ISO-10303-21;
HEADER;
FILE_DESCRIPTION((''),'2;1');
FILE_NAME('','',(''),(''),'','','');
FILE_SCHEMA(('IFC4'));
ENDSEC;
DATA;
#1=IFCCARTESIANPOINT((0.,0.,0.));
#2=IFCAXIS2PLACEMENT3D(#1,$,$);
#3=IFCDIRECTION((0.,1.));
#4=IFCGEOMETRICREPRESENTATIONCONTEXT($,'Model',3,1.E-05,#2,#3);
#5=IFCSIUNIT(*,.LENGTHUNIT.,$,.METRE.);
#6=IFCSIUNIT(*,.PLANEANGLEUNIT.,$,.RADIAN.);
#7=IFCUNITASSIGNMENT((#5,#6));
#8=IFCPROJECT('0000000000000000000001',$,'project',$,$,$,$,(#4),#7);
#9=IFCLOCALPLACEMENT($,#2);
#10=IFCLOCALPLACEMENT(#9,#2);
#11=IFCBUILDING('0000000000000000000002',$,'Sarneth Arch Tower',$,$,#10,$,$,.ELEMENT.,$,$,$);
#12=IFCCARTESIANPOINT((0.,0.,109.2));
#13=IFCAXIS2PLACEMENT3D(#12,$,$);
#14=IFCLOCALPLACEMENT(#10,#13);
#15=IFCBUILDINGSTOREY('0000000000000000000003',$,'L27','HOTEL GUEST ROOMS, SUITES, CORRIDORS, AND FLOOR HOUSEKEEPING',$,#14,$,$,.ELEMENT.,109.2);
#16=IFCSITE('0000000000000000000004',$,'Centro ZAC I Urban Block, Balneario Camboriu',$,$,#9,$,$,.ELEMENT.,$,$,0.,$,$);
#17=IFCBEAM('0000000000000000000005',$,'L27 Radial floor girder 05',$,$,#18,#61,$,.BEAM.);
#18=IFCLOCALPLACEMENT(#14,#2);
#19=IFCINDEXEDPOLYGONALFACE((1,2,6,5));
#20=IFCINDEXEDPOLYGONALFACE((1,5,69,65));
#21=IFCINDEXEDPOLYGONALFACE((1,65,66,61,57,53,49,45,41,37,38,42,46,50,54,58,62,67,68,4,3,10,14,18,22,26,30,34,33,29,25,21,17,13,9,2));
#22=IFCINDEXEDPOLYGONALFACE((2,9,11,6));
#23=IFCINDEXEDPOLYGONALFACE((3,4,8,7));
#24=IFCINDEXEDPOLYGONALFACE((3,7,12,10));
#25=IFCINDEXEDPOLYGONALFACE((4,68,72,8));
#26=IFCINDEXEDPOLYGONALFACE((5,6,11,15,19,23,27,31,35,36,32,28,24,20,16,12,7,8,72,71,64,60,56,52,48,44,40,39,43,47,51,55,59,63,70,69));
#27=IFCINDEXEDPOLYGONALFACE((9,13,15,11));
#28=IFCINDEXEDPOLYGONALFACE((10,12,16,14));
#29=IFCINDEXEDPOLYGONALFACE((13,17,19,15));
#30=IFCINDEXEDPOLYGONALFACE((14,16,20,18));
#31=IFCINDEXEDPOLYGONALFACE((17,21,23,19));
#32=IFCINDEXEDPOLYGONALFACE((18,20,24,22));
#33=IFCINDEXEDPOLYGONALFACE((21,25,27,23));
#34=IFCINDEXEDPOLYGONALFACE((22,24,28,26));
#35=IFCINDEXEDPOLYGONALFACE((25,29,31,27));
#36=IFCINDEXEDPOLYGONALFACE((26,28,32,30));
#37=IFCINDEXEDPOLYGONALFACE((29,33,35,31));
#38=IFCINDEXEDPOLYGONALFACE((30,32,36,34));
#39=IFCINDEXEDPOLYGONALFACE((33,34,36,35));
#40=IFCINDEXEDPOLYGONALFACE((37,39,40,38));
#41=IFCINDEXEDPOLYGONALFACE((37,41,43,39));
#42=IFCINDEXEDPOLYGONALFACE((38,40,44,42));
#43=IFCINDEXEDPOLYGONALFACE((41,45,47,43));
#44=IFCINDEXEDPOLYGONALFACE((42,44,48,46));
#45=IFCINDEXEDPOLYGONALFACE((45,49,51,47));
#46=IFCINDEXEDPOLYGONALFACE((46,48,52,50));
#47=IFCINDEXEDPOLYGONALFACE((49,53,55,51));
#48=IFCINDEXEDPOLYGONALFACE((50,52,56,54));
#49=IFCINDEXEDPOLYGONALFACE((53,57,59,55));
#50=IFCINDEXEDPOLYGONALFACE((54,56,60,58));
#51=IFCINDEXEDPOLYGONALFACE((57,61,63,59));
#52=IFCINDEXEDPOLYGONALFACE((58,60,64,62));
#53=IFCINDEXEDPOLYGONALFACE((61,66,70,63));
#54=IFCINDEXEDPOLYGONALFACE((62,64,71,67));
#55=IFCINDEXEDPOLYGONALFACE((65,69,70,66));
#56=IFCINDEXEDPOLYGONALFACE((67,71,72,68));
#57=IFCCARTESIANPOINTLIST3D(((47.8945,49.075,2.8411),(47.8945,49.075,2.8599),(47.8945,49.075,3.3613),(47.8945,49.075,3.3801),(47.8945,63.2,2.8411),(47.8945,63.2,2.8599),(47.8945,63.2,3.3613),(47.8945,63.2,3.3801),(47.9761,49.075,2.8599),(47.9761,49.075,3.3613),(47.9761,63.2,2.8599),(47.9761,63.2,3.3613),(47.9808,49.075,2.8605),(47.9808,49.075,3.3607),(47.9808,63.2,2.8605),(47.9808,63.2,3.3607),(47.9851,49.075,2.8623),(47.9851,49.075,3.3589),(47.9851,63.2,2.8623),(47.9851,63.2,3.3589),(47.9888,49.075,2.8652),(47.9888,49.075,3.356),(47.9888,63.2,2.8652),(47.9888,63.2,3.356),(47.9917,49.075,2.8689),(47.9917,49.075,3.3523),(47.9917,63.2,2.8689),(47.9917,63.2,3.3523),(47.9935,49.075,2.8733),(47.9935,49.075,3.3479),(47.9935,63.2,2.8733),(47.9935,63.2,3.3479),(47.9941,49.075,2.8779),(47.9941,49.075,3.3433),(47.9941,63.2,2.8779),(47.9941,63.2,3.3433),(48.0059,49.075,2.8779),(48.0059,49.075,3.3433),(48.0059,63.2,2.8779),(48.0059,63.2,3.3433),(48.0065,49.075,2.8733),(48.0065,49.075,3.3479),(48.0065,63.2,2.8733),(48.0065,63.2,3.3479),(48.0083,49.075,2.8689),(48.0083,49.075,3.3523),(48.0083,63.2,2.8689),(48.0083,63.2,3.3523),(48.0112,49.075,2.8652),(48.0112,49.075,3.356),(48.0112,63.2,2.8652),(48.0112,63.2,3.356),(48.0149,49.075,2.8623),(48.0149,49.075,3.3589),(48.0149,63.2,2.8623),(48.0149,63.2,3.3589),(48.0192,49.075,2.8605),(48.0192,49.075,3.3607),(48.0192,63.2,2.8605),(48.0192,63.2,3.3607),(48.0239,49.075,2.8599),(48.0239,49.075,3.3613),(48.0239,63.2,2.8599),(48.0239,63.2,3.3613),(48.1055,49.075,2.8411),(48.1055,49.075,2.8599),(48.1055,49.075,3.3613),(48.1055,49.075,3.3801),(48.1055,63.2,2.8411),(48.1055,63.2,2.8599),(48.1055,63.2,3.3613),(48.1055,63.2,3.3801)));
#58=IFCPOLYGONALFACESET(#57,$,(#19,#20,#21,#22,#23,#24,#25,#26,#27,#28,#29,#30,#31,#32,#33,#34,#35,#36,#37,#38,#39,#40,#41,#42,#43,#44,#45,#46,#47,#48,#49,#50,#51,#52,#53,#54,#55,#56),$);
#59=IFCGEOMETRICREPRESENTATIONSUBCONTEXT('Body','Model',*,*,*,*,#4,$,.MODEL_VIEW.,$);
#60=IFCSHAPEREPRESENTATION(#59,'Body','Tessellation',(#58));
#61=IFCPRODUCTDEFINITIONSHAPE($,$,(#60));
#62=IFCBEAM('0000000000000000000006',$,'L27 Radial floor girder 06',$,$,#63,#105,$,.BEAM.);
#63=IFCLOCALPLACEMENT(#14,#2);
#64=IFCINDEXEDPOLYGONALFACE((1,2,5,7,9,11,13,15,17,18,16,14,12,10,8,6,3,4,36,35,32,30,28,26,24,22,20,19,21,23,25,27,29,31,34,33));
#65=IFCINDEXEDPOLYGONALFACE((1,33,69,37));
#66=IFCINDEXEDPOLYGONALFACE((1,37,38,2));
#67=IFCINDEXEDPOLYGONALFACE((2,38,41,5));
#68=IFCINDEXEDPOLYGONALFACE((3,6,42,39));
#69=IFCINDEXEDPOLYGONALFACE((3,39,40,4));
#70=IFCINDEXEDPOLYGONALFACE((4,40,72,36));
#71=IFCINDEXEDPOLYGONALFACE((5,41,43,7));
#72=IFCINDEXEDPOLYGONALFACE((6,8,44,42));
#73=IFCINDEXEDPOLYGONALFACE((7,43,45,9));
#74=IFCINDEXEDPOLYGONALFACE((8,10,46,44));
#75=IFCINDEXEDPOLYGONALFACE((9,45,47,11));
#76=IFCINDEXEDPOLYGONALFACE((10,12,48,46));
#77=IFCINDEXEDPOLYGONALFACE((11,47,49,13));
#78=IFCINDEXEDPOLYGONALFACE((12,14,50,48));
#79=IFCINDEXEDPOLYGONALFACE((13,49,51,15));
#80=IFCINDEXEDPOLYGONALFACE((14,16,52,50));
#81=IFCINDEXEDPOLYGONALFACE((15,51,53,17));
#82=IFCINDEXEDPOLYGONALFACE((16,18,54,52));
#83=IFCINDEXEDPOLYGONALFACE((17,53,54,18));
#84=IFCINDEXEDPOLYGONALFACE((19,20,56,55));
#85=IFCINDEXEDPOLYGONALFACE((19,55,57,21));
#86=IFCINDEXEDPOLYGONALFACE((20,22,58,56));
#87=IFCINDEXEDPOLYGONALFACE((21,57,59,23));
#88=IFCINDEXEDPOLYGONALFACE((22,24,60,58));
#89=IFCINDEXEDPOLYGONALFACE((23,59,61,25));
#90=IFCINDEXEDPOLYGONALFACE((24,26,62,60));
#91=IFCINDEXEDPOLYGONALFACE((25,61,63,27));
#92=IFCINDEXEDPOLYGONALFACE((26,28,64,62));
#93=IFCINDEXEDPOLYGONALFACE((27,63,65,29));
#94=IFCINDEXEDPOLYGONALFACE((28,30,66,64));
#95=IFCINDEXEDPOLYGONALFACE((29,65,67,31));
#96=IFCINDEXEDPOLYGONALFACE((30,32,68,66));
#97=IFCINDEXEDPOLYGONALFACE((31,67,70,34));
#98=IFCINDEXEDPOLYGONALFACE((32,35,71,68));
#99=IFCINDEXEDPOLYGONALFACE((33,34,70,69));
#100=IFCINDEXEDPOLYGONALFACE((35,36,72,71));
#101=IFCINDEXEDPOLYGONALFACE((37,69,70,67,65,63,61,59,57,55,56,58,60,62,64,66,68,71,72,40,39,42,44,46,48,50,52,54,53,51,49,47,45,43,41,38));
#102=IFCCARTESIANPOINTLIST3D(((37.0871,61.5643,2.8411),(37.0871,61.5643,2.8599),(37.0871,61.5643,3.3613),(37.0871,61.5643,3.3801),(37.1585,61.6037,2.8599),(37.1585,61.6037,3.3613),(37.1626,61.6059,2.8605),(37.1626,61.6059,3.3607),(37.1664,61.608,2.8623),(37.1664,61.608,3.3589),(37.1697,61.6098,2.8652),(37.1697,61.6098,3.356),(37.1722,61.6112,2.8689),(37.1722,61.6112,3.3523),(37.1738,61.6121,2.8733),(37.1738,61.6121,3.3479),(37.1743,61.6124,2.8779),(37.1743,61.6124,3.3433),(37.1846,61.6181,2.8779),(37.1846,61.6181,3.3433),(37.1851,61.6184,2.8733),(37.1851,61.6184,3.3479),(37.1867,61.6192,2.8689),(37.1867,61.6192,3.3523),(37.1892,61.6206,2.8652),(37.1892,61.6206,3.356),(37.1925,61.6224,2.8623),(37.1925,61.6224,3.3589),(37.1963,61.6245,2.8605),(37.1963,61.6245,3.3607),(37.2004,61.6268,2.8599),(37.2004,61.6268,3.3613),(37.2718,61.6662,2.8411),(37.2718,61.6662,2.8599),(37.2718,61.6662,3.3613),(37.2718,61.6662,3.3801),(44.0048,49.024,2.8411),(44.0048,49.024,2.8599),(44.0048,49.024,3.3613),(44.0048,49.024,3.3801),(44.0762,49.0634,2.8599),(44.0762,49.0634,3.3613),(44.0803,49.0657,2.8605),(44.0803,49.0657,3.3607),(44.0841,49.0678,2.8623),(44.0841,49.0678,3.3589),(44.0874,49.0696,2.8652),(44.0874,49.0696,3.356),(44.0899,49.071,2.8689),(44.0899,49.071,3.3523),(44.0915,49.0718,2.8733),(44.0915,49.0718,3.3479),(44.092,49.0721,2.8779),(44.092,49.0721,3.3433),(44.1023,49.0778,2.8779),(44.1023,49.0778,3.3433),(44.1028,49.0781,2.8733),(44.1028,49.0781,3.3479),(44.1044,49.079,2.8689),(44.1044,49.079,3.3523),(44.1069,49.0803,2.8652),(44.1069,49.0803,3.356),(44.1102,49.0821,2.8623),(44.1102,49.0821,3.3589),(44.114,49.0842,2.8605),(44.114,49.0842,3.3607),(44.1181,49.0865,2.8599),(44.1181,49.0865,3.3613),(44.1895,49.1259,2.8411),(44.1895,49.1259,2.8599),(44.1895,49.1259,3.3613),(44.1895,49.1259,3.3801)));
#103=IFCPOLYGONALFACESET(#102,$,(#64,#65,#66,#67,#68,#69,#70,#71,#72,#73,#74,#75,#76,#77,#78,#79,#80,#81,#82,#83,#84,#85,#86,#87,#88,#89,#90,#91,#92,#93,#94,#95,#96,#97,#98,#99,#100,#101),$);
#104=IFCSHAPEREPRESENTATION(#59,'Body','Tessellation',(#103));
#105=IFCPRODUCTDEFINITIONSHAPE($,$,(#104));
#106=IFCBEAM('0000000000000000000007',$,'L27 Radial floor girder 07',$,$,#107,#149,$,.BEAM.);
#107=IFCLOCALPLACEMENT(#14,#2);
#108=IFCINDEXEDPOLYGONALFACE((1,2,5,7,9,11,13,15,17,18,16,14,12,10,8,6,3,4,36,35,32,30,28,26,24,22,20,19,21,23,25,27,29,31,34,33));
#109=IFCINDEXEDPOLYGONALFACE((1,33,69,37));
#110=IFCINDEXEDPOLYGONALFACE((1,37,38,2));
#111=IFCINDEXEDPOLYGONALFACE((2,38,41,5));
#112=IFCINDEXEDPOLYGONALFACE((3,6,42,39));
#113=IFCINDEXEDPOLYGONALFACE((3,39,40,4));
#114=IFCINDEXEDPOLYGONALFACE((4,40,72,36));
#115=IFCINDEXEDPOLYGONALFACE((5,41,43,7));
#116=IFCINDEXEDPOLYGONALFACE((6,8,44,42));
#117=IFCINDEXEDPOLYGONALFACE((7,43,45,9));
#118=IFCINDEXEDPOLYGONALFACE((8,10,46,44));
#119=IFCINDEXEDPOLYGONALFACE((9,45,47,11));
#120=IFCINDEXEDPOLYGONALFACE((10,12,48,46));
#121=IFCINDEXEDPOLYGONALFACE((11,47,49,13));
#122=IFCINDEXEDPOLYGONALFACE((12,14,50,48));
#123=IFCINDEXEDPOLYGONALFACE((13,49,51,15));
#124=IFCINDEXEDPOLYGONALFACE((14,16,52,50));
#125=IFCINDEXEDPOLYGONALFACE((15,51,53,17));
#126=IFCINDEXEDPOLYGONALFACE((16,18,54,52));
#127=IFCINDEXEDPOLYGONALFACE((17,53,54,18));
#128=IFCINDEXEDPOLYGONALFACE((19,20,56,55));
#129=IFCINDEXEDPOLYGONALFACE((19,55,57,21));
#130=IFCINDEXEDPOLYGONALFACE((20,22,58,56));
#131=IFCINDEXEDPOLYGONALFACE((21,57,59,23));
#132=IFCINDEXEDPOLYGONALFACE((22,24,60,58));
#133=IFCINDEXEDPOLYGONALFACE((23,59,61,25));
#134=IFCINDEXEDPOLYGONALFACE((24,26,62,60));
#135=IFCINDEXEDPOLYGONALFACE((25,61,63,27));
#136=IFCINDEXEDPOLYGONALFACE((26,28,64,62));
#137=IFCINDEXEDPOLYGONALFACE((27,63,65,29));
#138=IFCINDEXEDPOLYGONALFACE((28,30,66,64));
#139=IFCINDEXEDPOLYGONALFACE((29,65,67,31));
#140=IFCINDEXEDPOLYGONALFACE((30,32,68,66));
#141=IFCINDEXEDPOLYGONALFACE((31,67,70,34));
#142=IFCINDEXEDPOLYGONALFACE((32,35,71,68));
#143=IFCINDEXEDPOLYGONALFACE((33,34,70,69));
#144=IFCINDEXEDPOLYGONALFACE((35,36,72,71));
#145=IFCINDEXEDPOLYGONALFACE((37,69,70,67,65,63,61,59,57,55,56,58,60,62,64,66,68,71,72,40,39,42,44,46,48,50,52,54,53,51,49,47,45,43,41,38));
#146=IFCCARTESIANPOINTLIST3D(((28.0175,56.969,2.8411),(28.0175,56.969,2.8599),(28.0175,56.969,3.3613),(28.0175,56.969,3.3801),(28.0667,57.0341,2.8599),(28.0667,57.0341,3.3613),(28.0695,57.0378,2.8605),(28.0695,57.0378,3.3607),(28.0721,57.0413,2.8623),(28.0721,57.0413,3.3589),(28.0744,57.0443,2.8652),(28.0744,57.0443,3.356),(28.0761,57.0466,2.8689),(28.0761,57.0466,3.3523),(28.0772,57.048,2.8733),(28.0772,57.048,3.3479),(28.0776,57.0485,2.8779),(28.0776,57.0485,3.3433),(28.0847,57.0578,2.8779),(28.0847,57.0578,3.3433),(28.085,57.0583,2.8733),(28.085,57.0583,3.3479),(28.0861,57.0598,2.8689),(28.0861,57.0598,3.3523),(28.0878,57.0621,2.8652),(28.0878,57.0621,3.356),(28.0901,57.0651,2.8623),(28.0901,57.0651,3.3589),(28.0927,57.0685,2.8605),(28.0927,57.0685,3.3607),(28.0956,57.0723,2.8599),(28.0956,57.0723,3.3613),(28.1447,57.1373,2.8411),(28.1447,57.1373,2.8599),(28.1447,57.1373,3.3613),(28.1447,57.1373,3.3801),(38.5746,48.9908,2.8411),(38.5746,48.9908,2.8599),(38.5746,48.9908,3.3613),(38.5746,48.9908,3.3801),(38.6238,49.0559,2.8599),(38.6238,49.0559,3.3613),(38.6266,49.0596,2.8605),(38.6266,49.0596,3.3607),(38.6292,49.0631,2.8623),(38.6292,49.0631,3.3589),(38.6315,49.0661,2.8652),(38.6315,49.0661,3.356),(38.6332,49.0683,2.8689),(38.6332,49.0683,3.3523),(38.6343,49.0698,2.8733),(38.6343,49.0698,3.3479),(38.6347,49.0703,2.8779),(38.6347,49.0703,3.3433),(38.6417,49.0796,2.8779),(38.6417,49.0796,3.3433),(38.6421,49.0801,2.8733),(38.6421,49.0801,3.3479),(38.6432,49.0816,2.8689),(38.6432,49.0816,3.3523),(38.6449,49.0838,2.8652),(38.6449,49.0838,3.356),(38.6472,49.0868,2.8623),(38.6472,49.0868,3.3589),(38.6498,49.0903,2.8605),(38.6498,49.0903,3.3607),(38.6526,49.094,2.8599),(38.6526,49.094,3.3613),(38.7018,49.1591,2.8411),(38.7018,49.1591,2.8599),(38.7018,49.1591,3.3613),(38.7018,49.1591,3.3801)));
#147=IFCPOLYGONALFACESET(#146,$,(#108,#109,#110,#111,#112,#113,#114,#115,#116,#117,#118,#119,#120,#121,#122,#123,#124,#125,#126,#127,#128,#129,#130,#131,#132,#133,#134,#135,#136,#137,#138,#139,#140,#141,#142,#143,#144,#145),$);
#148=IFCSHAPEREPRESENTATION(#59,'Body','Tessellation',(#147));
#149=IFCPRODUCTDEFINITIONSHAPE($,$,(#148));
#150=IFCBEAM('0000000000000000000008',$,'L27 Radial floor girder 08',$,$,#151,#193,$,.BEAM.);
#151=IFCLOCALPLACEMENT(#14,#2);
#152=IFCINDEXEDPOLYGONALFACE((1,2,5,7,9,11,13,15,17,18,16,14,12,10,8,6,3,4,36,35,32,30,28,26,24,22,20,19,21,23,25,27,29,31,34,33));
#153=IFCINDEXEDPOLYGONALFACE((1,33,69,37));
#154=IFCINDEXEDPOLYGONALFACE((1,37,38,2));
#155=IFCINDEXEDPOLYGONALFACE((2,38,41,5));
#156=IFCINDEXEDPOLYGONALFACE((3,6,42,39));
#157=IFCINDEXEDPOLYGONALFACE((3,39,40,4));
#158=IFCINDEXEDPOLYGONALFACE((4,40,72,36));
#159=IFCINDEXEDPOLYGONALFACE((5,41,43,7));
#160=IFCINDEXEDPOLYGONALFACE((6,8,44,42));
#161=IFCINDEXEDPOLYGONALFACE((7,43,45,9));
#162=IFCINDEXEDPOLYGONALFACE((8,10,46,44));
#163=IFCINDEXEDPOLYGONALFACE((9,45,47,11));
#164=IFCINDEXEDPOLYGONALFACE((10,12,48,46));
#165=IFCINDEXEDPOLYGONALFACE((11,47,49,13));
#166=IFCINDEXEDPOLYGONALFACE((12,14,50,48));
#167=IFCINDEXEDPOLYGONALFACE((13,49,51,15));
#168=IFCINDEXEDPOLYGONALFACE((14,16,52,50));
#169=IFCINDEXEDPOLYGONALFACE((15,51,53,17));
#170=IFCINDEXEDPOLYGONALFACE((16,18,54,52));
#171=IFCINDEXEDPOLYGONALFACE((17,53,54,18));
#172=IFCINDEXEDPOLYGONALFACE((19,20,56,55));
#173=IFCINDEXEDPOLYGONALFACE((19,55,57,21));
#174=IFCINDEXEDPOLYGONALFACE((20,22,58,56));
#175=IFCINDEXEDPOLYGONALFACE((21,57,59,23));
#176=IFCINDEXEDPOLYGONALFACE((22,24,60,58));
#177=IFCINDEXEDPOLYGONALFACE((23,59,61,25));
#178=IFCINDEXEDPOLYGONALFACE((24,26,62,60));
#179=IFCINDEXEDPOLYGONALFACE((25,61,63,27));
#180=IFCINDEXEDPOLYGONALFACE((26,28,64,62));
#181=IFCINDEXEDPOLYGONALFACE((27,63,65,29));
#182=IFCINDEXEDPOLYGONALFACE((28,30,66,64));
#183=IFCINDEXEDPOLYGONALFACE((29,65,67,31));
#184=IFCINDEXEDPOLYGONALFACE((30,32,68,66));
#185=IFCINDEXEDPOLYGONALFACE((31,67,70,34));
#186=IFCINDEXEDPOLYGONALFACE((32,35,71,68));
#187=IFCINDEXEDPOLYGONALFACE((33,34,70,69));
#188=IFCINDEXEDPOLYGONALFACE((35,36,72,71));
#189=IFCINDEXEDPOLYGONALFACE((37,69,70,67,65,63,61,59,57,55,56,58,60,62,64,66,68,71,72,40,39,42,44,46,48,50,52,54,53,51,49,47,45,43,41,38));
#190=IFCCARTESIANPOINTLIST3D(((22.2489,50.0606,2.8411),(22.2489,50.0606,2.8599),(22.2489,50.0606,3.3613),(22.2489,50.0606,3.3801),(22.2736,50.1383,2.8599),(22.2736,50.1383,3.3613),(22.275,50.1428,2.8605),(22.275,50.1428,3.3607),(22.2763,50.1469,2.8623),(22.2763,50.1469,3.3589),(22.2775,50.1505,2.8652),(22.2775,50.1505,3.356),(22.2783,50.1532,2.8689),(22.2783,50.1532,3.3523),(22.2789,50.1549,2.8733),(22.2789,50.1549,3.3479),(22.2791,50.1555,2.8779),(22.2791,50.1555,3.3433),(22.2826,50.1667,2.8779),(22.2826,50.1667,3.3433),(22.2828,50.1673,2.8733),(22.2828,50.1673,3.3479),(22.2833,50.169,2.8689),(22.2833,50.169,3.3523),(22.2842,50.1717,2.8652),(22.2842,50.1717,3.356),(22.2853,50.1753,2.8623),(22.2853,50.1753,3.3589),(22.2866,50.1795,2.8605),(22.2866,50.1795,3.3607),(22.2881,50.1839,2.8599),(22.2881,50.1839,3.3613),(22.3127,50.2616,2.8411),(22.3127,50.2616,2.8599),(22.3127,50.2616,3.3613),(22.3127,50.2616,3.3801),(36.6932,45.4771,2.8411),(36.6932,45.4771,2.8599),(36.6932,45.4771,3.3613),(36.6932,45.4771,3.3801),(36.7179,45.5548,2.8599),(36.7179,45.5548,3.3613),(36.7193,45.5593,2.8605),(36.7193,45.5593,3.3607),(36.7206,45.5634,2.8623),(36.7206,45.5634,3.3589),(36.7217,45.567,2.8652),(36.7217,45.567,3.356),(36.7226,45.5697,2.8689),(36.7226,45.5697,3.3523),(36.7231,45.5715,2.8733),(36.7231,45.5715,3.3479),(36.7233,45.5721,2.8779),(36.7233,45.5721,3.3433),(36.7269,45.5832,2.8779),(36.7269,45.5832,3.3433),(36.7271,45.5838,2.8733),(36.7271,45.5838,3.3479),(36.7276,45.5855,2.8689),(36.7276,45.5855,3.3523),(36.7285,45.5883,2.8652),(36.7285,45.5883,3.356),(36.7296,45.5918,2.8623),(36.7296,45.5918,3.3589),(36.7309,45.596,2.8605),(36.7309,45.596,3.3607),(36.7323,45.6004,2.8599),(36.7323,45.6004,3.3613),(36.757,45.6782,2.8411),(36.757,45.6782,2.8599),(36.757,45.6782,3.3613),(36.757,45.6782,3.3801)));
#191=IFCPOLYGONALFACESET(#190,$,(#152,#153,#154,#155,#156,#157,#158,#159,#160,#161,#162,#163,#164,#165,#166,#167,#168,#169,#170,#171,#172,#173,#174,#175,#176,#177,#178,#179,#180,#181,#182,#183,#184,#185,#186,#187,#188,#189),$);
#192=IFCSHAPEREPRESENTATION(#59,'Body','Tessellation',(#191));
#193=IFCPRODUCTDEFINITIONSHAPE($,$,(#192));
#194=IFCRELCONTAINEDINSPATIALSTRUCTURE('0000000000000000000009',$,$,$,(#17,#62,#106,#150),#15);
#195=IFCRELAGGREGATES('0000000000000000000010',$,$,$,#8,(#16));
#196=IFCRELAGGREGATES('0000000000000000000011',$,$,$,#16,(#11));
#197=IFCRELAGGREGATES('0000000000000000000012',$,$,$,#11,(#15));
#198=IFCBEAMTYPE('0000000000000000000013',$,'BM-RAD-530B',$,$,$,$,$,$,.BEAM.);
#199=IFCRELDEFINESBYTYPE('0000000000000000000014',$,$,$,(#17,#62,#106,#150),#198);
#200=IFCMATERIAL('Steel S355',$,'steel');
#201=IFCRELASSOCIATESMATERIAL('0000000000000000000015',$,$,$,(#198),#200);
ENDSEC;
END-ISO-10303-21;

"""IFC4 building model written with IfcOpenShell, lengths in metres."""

from ifc_helpers import new_model, si_unit, direction, frame, origin, origin_2d, place, context, subcontext, project, spatial, i_section, extrude, material, material_profile, profile_set, type_object, element, save


model = new_model("IFC4")

# Units and contexts
model_context = context("Model", 3, precision=1e-05, world=origin(), true_north=direction((0.0, 1.0)))
body_context = subcontext(model_context, "Body", "Model", "MODEL_VIEW")
ifc_project = project(units=[si_unit("LENGTHUNIT", "METRE"), si_unit("PLANEANGLEUNIT", "RADIAN")], contexts=[model_context])

# Site, building, storey
site_placement = place(None, origin())
site = spatial("IfcSite", under=ifc_project, at=site_placement, Name="Centro ZAC I Urban Block, Balneario Camboriu", CompositionType="ELEMENT", RefElevation=0.0)
building_placement = place(site_placement, origin())
building = spatial("IfcBuilding", under=site, at=building_placement, Name="Sarneth Arch Tower", CompositionType="ELEMENT")
storey_placement = place(building_placement, frame((0.0, 0.0, 109.2)))
storey = spatial("IfcBuildingStorey", under=building, at=storey_placement, Name="L27", Description="HOTEL GUEST ROOMS, SUITES, CORRIDORS, AND FLOOR HOUSEKEEPING", CompositionType="ELEMENT", Elevation=109.2)

# Beams
ifc_material_1 = material(Name="Steel S355", Category="steel")
ifc_material_profile = material_profile(ifc_material_1, i_section(OverallWidth=0.2109, OverallDepth=0.5391, WebThickness=0.0117, FlangeThickness=0.0188, FilletRadius=0.0181, at=origin_2d()), Name="W530x109")
ifc_profile_set = profile_set([ifc_material_profile], Name="Steel S355")
beam_type = type_object("IfcBeamType", Name="BM-RAD-530B", PredefinedType="BEAM", material=ifc_profile_set)
beam_1_placement = place(storey_placement, frame((48.0, 49.075, 3.1106), z_axis=(0.0, 1.0, 0.0), x_axis=(-1.0, 0.0, 0.0)))
element("IfcBeam", 1, at=beam_1_placement, inside=storey, type_object=beam_type, Name="L27 Radial floor girder 05", PredefinedType="BEAM", context=body_context, shape_type="SweptSolid", body=[
    extrude(i_section(OverallWidth=0.2109, OverallDepth=0.5391, WebThickness=0.0117, FlangeThickness=0.0188, FilletRadius=0.0181, at=origin_2d()), origin(), (0.0, 0.0, 1.0), 14.125),
])
beam_2_placement = place(storey_placement, frame((44.0972, 49.075, 3.1106), z_axis=(-0.483021, 0.875609, 0.0), x_axis=(-0.875609, -0.483021, 0.0)))
element("IfcBeam", 2, at=beam_2_placement, inside=storey, type_object=beam_type, Name="L27 Radial floor girder 06", PredefinedType="BEAM", context=body_context, shape_type="SweptSolid", body=[
    extrude(i_section(OverallWidth=0.2109, OverallDepth=0.5391, WebThickness=0.0117, FlangeThickness=0.0188, FilletRadius=0.0181, at=origin_2d()), origin(), (0.0, 0.0, 1.0), 14.3218),
])
beam_3_placement = place(storey_placement, frame((38.6382, 49.075, 3.1106), z_axis=(-0.797803, 0.602918, 0.0), x_axis=(-0.602918, -0.797803, 0.0)))
element("IfcBeam", 3, at=beam_3_placement, inside=storey, type_object=beam_type, Name="L27 Radial floor girder 07", PredefinedType="BEAM", context=body_context, shape_type="SweptSolid", body=[
    extrude(i_section(OverallWidth=0.2109, OverallDepth=0.5391, WebThickness=0.0117, FlangeThickness=0.0188, FilletRadius=0.0181, at=origin_2d()), origin(), (0.0, 0.0, 1.0), 13.2327),
])
beam_4_placement = place(storey_placement, frame((36.7251, 45.5776, 3.1106), z_axis=(-0.953162, 0.302459, 0.0), x_axis=(-0.302459, -0.953162, 0.0)))
element("IfcBeam", 4, at=beam_4_placement, inside=storey, type_object=beam_type, Name="L27 Radial floor girder 08", PredefinedType="BEAM", context=body_context, shape_type="SweptSolid", body=[
    extrude(i_section(OverallWidth=0.2109, OverallDepth=0.5391, WebThickness=0.0117, FlangeThickness=0.0188, FilletRadius=0.0181, at=origin_2d()), origin(), (0.0, 0.0, 1.0), 15.1541),
])

save(model, "model.ifc")
